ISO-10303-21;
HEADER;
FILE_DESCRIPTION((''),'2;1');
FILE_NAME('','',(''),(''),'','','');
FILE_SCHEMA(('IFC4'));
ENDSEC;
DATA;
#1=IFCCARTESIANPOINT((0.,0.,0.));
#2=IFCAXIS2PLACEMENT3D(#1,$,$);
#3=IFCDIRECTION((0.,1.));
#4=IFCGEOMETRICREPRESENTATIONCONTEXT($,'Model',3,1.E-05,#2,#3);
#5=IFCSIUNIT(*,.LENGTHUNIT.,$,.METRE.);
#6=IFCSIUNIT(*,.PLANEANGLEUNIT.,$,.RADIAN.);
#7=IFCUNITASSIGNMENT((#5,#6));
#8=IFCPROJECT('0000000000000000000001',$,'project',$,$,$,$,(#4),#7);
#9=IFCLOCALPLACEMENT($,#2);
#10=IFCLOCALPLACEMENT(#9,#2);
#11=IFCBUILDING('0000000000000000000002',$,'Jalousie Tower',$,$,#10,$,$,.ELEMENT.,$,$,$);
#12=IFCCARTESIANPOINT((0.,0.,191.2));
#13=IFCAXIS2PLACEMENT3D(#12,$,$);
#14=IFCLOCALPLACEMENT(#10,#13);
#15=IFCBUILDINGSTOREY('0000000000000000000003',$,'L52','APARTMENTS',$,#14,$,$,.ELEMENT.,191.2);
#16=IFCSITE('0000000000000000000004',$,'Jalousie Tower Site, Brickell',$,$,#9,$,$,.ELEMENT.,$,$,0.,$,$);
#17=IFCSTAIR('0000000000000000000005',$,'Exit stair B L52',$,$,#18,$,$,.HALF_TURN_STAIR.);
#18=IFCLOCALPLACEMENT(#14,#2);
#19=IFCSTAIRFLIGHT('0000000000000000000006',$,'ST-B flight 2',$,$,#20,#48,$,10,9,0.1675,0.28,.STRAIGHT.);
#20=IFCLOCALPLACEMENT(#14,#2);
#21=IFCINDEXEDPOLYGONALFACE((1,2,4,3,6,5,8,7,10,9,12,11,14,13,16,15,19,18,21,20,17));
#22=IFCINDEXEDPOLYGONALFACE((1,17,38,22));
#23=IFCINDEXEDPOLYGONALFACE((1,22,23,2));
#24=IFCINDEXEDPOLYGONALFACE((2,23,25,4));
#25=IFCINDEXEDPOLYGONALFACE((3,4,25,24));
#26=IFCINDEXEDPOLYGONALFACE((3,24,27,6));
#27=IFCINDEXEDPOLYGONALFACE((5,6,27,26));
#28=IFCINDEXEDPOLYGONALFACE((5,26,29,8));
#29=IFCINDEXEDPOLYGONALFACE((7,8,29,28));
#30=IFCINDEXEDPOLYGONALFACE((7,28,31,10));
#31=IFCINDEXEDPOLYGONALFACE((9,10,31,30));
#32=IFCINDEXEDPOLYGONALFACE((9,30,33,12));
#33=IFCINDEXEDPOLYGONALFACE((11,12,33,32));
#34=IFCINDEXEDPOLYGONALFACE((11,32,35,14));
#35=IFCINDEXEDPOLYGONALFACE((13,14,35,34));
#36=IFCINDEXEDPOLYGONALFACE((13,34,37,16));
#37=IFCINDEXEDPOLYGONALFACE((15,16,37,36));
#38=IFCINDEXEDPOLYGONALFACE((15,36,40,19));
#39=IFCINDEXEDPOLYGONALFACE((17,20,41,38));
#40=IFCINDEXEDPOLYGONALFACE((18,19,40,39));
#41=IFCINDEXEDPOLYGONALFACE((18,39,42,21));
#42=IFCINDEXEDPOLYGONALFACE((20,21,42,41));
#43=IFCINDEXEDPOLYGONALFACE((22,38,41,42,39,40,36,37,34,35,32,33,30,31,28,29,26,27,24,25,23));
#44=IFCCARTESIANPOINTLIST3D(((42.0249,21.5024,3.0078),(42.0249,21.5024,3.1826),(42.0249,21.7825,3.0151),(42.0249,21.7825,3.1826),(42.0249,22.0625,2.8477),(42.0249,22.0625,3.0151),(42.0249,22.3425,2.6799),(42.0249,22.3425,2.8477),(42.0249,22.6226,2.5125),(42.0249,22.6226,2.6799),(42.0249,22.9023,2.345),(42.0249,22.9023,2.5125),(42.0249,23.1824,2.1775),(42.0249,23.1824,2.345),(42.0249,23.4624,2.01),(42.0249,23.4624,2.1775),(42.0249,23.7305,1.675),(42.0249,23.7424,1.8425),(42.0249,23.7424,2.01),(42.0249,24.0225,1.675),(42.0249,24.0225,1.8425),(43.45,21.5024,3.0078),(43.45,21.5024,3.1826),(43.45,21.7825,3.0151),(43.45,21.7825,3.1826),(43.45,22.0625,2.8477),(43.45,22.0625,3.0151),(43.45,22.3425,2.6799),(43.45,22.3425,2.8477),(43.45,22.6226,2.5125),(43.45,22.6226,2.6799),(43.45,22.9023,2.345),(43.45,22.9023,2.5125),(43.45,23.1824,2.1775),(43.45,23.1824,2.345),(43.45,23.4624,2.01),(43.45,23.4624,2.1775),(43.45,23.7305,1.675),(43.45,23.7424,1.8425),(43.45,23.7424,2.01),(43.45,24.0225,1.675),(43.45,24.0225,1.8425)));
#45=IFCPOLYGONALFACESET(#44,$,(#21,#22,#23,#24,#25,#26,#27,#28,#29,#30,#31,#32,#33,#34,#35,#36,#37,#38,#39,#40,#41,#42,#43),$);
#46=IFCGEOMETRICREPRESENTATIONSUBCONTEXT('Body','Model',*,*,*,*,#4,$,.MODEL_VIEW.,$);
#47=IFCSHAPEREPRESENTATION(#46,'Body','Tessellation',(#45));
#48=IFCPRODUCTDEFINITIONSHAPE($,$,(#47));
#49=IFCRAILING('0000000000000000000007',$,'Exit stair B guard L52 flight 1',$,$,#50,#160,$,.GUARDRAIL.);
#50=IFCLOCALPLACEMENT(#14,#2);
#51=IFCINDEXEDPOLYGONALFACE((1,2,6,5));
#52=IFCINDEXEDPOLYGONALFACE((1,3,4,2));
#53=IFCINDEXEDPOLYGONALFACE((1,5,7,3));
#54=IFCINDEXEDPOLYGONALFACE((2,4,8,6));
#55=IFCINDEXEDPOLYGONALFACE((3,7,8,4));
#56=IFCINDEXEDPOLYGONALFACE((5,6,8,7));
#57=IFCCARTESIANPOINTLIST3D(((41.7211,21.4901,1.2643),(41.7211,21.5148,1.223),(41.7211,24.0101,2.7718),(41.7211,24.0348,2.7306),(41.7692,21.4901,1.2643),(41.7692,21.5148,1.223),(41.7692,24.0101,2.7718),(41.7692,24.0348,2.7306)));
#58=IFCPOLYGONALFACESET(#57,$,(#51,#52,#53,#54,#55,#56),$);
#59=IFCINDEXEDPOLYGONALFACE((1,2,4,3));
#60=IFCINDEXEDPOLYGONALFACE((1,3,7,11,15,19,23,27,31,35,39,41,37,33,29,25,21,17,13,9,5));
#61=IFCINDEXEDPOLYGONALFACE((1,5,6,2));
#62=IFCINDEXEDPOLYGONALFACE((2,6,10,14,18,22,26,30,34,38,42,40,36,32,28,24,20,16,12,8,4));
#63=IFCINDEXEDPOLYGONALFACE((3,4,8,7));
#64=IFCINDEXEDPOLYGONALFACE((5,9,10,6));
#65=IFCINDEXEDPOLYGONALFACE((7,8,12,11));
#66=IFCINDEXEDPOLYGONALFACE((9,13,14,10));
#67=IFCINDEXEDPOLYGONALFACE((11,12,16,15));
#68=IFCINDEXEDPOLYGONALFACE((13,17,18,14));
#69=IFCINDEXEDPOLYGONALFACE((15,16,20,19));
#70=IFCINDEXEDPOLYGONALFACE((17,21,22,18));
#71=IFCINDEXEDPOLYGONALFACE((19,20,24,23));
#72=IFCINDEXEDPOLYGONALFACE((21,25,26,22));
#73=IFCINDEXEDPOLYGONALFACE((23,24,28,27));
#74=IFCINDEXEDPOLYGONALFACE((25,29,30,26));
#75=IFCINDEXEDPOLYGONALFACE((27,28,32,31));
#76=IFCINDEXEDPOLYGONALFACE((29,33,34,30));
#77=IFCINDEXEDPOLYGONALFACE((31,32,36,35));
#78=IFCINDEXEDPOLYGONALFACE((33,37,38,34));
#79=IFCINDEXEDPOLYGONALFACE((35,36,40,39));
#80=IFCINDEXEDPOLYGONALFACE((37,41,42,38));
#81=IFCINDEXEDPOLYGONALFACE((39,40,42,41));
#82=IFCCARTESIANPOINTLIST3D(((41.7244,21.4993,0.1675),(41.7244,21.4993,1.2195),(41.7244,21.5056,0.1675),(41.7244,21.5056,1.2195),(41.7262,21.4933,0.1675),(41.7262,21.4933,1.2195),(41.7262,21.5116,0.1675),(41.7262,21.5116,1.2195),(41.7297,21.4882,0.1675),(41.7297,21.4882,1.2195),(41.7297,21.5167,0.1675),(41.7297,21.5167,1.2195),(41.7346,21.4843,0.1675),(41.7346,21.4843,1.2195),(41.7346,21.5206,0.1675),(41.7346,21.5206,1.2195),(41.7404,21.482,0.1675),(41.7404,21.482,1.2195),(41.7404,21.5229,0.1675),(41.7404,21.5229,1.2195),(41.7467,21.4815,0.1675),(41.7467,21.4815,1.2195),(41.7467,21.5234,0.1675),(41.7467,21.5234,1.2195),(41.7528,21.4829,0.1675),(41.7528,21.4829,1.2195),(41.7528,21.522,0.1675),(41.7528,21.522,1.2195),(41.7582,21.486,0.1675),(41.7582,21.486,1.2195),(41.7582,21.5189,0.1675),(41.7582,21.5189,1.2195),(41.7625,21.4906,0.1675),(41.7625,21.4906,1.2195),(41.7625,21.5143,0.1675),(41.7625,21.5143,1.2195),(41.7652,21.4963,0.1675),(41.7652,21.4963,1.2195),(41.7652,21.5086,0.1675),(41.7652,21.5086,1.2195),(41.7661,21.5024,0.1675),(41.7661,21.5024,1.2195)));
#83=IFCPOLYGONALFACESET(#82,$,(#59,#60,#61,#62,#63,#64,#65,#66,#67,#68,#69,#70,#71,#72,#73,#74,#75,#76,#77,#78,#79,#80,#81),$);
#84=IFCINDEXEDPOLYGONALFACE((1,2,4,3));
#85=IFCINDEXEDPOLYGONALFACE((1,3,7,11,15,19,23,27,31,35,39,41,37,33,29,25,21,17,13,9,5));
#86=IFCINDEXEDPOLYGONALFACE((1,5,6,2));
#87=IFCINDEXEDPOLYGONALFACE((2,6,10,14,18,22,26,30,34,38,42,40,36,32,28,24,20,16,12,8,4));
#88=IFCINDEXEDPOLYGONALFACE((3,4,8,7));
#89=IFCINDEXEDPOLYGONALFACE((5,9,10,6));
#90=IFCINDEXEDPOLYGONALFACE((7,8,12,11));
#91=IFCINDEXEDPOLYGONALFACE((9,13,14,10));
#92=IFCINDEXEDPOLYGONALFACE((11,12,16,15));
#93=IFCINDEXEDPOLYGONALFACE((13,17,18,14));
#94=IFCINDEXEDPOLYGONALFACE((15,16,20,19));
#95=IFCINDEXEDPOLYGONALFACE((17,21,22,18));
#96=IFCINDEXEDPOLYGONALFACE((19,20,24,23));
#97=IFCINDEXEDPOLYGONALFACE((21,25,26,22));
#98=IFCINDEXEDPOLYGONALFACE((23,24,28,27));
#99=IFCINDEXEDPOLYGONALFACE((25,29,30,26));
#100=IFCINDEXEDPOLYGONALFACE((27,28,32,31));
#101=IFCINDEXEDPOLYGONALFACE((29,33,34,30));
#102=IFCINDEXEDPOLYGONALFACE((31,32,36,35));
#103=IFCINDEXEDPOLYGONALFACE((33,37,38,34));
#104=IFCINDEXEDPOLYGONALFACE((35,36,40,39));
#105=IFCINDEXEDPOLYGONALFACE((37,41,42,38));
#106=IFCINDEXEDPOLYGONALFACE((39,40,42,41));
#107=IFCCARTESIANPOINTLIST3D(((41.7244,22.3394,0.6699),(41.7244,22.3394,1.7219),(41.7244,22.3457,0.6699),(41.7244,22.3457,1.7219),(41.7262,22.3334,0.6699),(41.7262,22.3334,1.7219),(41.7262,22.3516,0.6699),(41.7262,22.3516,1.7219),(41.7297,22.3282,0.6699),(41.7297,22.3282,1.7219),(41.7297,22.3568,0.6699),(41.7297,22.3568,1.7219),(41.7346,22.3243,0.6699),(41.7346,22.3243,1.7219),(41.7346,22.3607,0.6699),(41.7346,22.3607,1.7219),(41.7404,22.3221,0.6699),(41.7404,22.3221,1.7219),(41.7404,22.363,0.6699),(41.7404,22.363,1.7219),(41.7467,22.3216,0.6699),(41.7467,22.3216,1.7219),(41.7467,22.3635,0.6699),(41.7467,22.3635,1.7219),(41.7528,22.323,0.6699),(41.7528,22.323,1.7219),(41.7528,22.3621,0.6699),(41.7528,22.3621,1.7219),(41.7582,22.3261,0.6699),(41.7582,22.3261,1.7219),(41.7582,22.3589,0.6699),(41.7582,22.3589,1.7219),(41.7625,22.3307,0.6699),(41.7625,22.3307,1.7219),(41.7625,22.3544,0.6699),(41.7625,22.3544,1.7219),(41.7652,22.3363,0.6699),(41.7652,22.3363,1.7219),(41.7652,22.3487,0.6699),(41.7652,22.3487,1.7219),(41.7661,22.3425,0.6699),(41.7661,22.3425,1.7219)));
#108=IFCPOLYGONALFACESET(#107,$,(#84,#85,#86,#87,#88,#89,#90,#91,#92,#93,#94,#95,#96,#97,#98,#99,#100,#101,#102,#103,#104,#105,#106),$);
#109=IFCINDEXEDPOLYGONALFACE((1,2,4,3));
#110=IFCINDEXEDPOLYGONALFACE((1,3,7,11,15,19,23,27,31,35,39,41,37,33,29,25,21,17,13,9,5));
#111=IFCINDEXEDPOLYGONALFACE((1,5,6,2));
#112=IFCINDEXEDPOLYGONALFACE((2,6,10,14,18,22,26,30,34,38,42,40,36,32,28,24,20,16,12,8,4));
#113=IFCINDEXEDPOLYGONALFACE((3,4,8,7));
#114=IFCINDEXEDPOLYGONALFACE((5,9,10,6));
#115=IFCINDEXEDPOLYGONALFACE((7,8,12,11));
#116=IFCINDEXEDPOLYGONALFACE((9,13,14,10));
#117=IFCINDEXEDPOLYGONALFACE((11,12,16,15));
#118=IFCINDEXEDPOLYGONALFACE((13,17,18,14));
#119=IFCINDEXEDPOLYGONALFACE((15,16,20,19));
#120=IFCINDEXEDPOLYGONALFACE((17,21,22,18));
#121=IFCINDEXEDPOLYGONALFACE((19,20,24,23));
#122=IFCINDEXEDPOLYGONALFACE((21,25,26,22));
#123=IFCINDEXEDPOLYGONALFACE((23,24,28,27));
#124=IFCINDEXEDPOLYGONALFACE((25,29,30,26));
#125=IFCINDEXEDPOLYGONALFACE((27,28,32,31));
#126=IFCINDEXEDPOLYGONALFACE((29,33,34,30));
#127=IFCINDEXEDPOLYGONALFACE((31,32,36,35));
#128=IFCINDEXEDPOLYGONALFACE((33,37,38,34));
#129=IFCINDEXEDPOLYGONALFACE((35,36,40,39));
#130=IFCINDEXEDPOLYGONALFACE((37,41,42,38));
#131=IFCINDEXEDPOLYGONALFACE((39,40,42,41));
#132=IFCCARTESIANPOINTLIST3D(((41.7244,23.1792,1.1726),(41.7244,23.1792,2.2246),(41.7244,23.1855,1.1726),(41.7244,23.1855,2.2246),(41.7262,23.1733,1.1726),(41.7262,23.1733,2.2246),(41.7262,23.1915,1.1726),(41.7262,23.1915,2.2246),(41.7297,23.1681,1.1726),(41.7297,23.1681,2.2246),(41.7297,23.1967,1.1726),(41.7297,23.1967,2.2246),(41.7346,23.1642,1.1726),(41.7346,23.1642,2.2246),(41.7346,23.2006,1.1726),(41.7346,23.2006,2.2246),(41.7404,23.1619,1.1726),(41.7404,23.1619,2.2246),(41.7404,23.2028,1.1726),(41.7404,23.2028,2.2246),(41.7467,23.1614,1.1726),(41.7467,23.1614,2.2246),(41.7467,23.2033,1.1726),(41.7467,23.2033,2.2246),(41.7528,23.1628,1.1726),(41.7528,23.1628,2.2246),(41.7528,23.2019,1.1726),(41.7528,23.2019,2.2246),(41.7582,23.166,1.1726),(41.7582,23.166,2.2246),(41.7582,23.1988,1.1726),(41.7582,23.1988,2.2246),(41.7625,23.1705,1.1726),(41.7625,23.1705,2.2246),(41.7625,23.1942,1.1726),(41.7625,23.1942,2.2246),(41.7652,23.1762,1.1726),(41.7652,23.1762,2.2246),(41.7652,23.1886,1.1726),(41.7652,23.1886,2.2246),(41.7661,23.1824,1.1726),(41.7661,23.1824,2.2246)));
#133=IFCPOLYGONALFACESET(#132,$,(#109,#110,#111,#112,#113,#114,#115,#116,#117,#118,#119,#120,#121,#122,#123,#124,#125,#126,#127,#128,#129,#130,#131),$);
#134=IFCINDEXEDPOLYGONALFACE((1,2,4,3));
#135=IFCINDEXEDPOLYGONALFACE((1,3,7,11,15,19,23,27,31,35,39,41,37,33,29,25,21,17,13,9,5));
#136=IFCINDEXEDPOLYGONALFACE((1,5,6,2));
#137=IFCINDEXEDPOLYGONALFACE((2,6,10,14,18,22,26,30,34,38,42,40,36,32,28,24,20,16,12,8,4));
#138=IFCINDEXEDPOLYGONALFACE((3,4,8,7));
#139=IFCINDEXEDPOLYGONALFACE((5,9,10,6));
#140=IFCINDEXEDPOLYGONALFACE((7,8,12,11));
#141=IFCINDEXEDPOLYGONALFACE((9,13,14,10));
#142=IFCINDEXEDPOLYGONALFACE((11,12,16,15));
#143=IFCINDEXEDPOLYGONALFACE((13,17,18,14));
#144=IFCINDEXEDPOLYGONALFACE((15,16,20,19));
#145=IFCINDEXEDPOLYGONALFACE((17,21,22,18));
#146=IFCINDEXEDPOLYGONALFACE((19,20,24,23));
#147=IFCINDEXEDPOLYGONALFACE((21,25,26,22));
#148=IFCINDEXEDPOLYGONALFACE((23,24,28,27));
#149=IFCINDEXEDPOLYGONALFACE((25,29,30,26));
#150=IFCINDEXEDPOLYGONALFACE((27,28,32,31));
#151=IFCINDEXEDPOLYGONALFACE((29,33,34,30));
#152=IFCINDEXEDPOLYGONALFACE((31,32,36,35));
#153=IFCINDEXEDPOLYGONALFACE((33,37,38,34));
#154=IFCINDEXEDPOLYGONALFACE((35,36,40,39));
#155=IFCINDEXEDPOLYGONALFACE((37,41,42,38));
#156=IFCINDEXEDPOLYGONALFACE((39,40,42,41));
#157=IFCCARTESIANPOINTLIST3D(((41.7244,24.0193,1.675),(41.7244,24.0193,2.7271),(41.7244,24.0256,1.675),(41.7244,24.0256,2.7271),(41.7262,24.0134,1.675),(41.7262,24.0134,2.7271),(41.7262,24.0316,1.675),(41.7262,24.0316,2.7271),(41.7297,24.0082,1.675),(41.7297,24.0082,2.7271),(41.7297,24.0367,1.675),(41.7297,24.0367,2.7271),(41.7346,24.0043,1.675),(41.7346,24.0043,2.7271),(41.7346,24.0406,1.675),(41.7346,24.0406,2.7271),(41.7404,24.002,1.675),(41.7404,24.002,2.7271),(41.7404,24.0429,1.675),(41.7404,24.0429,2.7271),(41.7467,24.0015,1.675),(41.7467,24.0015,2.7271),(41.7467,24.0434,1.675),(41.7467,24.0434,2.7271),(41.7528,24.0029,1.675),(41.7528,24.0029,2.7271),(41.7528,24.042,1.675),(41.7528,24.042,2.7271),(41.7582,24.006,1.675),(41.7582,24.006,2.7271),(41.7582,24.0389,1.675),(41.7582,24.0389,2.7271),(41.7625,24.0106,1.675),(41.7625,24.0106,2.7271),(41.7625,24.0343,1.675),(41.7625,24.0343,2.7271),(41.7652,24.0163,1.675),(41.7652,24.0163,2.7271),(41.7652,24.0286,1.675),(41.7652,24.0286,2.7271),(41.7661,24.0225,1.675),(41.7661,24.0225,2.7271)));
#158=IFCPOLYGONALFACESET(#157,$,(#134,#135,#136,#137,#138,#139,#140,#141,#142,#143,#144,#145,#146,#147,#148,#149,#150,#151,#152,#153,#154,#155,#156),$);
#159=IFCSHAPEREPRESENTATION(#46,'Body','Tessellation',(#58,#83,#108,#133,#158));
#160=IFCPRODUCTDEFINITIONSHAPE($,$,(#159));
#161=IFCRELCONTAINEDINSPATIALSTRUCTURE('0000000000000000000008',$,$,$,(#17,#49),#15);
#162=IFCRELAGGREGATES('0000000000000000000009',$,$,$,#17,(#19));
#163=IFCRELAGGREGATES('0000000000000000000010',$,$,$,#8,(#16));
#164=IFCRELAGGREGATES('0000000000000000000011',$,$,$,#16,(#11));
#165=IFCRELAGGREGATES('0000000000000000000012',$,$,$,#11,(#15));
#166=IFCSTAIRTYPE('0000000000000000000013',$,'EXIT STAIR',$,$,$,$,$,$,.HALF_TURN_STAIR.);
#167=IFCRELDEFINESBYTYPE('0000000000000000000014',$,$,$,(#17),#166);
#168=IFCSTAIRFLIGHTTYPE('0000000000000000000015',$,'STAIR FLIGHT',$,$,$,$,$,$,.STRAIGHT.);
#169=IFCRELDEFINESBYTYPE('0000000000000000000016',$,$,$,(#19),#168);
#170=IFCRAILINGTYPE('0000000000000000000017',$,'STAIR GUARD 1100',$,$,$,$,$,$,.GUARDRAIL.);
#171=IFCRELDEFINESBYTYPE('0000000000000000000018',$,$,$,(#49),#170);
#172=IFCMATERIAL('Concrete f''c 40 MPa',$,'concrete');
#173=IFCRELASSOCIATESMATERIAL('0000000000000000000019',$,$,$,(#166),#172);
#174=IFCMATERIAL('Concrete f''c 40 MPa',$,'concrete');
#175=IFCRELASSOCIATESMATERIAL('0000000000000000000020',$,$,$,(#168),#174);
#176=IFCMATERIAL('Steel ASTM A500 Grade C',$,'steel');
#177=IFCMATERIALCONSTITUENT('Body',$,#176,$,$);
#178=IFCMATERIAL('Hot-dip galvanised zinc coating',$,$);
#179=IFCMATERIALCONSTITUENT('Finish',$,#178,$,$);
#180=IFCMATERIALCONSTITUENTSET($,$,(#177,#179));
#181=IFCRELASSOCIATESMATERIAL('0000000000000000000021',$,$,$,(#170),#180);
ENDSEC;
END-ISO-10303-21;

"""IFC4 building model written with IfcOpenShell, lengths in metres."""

from ifc_helpers import new_model, si_unit, direction, frame, origin, origin_2d, place, context, subcontext, project, spatial, polyline, rectangle, circle, outline, extrude, material, constituent, constituent_set, type_object, element, aggregate, save


model = new_model("IFC4")

# Units and contexts
model_context = context("Model", 3, precision=1e-05, world=origin(), true_north=direction((0.0, 1.0)))
body_context = subcontext(model_context, "Body", "Model", "MODEL_VIEW")
ifc_project = project(units=[si_unit("LENGTHUNIT", "METRE"), si_unit("PLANEANGLEUNIT", "RADIAN")], contexts=[model_context])

# Site, building, storey
site_placement = place(None, origin())
site = spatial("IfcSite", under=ifc_project, at=site_placement, Name="Jalousie Tower Site, Brickell", CompositionType="ELEMENT", RefElevation=0.0)
building_placement = place(site_placement, origin())
building = spatial("IfcBuilding", under=site, at=building_placement, Name="Jalousie Tower", CompositionType="ELEMENT")
storey_placement = place(building_placement, frame((0.0, 0.0, 191.2)))
storey = spatial("IfcBuildingStorey", under=building, at=storey_placement, Name="L52", Description="APARTMENTS", CompositionType="ELEMENT", Elevation=191.2)

# Stair, stair flight
ifc_material_1 = material(Name="Concrete f'c 40 MPa", Category="concrete")
stair_type = type_object("IfcStairType", Name="EXIT STAIR", PredefinedType="HALF_TURN_STAIR", material=ifc_material_1)
stair_placement = place(storey_placement, origin())
stair = element("IfcStair", 1, at=stair_placement, inside=storey, type_object=stair_type, Name="Exit stair B L52", PredefinedType="HALF_TURN_STAIR")
ifc_material_2 = material(Name="Concrete f'c 40 MPa", Category="concrete")
stair_flight_type = type_object("IfcStairFlightType", Name="STAIR FLIGHT", PredefinedType="STRAIGHT", material=ifc_material_2)
stair_flight_1_placement = place(storey_placement, frame((42.7375, 24.0225, 1.675), z_axis=(0.0, 0.0, 1.0), x_axis=(0.0, -1.0, 0.0)))
stair_flight_1 = element("IfcStairFlight", 2, at=stair_flight_1_placement, type_object=stair_flight_type, Name="ST-B flight 2", NumberOfRisers=10, NumberOfTreads=9, PredefinedType="STRAIGHT", RiserHeight=0.1675, TreadLength=0.28, context=body_context, shape_type="SweptSolid", body=[
    extrude(outline(polyline([(0.0, 0.0), (0.0, 0.1675), (0.28, 0.1675), (0.28, 0.335), (0.5601, 0.335), (0.5601, 0.5024), (0.8401, 0.5024), (0.8401, 0.6699), (1.1201, 0.6699), (1.1201, 0.8374), (1.3999, 0.8374), (1.3999, 1.0049), (1.6799, 1.0049), (1.6799, 1.1726), (1.96, 1.1726), (1.96, 1.3401), (2.24, 1.3401), (2.24, 1.5076), (2.52, 1.5076), (2.52, 1.675), (2.52, 1.3328), (0.292, 0.0), (0.0, 0.0)])), frame((0.0, 0.7124, 0.0), z_axis=(0.0, -1.0, 0.0), x_axis=(1.0, 0.0, 0.0)), (0.0, 0.0, 1.0), 1.425),
])
aggregate(stair, [stair_flight_1])

# Railing
ifc_material_3 = material(Name="Steel ASTM A500 Grade C", Category="steel")
ifc_constituent_1 = constituent(ifc_material_3, Name="Body")
ifc_material_4 = material(Name="Hot-dip galvanised zinc coating")
ifc_constituent_2 = constituent(ifc_material_4, Name="Finish")
ifc_constituent_set_1 = constituent_set(constituents=[ifc_constituent_1, ifc_constituent_2])
railing_type_1 = type_object("IfcRailingType", Name="STAIR GUARD 1100", PredefinedType="GUARDRAIL", material=ifc_constituent_set_1)
railing_1_placement = place(storey_placement, frame((41.7451, 21.5024, 0.1675)))
element("IfcRailing", 3, at=railing_1_placement, inside=storey, type_object=railing_type_1, Name="Exit stair B guard L52 flight 1", PredefinedType="GUARDRAIL", context=body_context, shape_type="SweptSolid", body=[
    extrude(rectangle(XDim=0.0481, YDim=0.0481, at=origin_2d()), frame((0.0, 0.0, 1.0762), z_axis=(0.0, 0.85816, 0.513383), x_axis=(-1.0, 0.0, 0.0)), (0.0, 0.0, 1.0), 2.9365),
    extrude(circle(Radius=0.021, at=origin_2d()), origin(), (0.0, 0.0, 1.0), 1.052),
    extrude(circle(Radius=0.021, at=origin_2d()), frame((0.0, 0.8401, 0.5024)), (0.0, 0.0, 1.0), 1.052),
    extrude(circle(Radius=0.021, at=origin_2d()), frame((0.0, 1.6799, 1.0051)), (0.0, 0.0, 1.0), 1.052),
    extrude(circle(Radius=0.021, at=origin_2d()), frame((0.0, 2.52, 1.5076)), (0.0, 0.0, 1.0), 1.052),
])

save(model, "model.ifc")
